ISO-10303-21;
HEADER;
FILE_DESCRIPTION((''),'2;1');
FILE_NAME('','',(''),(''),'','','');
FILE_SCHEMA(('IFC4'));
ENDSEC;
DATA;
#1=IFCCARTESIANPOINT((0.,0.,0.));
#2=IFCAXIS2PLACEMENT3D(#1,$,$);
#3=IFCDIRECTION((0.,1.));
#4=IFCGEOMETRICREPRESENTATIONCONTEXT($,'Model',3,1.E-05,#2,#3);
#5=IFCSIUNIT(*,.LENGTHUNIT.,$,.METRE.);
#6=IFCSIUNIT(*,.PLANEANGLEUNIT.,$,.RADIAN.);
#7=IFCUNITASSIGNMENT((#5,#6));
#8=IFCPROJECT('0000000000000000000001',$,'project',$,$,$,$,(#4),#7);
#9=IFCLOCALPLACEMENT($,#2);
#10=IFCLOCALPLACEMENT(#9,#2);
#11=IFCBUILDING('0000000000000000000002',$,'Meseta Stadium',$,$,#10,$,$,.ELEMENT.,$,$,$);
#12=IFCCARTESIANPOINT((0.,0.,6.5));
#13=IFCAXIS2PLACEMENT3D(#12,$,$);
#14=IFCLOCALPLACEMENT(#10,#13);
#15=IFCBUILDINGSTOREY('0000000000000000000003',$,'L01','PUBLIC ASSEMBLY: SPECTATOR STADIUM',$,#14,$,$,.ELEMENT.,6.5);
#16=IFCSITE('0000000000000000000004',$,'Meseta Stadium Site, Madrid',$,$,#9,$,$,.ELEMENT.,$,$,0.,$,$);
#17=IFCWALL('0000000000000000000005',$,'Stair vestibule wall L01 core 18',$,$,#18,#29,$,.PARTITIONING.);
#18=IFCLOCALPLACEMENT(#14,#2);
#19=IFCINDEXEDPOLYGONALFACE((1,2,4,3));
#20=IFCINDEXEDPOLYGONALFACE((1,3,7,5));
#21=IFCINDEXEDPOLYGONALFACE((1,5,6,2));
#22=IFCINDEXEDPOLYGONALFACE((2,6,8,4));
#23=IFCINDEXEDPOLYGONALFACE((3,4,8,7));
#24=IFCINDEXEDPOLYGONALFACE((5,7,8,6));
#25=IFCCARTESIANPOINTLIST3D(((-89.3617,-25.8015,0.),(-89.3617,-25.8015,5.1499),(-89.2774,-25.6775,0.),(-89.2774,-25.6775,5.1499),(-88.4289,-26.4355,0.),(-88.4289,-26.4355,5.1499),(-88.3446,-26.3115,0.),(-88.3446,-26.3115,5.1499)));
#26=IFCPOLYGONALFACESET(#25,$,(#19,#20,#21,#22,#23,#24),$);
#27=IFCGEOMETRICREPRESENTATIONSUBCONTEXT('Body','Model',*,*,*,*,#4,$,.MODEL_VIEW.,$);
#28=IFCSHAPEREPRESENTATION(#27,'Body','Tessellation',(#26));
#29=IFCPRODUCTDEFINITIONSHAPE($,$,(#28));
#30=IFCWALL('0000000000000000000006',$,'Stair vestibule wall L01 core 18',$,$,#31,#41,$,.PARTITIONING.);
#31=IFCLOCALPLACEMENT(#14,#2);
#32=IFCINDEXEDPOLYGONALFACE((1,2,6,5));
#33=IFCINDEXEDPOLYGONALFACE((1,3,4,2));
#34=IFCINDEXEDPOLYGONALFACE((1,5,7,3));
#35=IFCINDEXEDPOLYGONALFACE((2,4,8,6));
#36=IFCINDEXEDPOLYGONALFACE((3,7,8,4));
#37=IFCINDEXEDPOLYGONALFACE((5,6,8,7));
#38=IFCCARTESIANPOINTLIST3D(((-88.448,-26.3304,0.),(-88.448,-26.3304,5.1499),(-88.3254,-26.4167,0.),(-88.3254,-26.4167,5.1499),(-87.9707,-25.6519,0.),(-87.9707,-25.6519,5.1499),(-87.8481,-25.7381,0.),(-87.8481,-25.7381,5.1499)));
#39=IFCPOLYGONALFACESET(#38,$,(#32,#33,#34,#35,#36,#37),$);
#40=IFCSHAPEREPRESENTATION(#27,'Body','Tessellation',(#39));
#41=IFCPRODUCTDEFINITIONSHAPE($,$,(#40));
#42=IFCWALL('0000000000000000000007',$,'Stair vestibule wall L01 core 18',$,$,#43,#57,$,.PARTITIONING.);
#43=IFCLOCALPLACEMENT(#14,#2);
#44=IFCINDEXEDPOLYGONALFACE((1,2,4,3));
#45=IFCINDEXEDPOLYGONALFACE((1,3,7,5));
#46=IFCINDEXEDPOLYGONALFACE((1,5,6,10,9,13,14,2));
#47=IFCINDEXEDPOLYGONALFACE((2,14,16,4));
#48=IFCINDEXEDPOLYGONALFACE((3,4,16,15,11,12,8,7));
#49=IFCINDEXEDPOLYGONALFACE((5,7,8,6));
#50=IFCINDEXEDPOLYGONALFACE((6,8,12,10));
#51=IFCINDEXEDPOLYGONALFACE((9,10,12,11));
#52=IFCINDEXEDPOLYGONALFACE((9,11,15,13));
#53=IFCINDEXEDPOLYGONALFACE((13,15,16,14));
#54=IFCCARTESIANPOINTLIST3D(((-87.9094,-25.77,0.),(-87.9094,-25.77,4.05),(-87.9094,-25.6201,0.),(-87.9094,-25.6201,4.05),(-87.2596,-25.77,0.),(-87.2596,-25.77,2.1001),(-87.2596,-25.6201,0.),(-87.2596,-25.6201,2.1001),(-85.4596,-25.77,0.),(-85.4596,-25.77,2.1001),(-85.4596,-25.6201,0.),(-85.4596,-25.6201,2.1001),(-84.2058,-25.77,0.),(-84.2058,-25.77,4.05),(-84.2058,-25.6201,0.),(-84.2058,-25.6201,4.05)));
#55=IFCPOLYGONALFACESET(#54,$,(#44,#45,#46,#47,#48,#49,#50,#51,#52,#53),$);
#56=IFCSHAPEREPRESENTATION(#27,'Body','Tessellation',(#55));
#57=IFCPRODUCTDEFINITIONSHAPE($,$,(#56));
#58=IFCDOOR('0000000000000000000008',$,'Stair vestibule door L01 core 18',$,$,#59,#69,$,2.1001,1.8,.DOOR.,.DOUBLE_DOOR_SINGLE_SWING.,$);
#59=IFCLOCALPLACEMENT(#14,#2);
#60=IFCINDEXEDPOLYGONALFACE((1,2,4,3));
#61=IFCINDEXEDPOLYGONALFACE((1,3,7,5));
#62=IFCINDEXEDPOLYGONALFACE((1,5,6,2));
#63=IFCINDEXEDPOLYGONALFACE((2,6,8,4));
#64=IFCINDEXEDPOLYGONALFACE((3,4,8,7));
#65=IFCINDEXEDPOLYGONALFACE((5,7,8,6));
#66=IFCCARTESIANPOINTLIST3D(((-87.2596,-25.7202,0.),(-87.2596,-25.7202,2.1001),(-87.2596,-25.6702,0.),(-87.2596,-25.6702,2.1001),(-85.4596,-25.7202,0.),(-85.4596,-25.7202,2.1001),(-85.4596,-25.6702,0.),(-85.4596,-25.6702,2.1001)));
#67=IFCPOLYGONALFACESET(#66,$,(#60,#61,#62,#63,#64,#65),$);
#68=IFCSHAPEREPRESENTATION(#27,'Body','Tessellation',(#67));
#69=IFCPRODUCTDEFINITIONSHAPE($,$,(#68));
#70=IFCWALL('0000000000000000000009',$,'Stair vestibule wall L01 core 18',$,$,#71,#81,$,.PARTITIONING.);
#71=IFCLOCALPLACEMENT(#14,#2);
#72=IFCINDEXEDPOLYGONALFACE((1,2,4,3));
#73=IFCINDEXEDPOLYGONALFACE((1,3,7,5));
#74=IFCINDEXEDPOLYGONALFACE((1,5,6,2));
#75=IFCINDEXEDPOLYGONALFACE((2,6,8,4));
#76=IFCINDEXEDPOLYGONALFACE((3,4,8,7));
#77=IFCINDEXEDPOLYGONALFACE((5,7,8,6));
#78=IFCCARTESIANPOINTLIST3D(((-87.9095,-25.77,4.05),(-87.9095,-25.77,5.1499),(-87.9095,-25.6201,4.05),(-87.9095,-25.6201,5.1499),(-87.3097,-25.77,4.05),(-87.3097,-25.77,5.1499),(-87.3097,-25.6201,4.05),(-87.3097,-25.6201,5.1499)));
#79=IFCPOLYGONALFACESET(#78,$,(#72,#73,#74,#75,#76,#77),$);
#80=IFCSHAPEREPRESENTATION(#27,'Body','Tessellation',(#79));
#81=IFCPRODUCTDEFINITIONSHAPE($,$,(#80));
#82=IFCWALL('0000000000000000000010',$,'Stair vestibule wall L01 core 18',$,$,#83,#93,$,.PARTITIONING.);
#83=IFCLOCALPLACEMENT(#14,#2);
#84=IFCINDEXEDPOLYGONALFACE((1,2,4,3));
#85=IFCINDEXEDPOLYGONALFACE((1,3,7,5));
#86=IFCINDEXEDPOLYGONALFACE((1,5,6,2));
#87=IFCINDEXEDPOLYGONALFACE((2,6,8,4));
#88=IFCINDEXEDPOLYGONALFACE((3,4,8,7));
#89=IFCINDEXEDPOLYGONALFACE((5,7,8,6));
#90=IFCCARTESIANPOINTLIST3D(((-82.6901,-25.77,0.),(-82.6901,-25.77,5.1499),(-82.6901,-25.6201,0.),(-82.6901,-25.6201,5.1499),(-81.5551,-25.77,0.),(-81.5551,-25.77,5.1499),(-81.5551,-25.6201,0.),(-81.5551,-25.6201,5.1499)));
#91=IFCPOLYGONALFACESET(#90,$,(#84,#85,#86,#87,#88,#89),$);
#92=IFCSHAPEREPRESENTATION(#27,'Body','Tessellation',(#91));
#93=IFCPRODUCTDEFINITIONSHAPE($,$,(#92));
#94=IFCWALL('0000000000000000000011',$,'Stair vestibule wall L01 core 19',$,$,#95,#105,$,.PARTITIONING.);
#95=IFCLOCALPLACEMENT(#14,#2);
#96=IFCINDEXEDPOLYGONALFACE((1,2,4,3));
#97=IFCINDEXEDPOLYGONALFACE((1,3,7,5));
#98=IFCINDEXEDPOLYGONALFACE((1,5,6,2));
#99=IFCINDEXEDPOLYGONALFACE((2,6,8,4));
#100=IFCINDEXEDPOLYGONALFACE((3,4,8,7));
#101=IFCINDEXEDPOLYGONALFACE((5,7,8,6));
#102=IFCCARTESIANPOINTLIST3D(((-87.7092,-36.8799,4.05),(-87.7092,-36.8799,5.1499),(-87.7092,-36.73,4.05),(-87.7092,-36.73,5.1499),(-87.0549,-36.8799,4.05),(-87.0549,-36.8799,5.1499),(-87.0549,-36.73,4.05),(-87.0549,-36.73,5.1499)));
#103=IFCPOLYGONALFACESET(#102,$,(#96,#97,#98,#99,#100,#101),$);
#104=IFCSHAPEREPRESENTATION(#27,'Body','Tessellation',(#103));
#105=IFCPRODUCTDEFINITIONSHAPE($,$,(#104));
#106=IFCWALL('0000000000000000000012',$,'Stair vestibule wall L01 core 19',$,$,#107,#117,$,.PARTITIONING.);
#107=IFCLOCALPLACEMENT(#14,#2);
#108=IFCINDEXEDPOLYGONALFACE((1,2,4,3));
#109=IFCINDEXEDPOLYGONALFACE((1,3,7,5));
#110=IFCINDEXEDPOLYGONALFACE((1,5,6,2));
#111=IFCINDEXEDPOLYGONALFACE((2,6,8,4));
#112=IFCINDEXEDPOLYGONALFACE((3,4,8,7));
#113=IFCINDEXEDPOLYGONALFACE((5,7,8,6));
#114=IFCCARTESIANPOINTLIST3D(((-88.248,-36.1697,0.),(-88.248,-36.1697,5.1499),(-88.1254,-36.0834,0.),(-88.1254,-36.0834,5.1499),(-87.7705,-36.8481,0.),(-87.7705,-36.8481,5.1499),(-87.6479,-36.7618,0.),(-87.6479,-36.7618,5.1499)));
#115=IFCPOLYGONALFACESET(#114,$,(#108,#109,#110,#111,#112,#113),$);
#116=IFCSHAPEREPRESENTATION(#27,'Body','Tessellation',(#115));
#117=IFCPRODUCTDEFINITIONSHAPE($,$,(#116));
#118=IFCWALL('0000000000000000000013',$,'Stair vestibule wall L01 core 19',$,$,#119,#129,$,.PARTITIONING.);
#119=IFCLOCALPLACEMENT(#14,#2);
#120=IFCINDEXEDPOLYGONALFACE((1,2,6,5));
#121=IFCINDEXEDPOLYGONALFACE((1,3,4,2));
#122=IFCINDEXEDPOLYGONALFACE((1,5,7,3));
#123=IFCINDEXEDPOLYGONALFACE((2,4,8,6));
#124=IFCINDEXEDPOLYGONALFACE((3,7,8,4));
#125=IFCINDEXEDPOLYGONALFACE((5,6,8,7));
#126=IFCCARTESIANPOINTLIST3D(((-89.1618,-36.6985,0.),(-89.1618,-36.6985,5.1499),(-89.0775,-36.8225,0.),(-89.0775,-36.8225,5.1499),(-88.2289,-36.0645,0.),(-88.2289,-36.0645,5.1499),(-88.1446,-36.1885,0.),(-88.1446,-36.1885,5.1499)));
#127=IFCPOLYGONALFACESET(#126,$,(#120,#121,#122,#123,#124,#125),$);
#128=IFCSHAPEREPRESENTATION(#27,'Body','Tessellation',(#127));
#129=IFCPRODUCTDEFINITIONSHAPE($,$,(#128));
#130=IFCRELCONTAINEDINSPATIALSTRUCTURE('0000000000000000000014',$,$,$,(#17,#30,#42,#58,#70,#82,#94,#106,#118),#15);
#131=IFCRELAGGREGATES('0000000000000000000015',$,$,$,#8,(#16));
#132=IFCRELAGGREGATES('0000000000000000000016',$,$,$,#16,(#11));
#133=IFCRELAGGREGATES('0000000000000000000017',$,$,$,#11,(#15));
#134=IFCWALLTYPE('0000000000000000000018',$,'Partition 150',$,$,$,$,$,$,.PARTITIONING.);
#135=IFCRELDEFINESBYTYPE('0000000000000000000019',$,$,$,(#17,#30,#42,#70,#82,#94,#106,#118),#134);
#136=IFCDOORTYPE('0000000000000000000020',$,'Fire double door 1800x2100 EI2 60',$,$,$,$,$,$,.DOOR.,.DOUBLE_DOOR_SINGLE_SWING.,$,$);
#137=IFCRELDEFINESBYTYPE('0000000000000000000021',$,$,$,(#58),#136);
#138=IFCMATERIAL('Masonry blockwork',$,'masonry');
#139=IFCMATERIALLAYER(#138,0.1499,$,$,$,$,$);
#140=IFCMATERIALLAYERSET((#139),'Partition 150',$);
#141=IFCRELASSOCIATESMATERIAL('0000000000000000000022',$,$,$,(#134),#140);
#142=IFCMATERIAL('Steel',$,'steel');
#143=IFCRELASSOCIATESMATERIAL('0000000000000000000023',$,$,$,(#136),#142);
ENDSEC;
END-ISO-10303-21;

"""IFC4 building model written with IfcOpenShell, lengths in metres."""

from ifc_helpers import new_model, si_unit, direction, frame, frame_2d, origin, place, context, subcontext, project, spatial, rectangle, extrude, material, layer, layer_set, type_object, element, fill, save


model = new_model("IFC4")

# Units and contexts
model_context = context("Model", 3, precision=1e-05, world=origin(), true_north=direction((0.0, 1.0)))
body_context = subcontext(model_context, "Body", "Model", "MODEL_VIEW")
ifc_project = project(units=[si_unit("LENGTHUNIT", "METRE"), si_unit("PLANEANGLEUNIT", "RADIAN")], contexts=[model_context])

# Site, building, storey
site_placement = place(None, origin())
site = spatial("IfcSite", under=ifc_project, at=site_placement, Name="Meseta Stadium Site, Madrid", CompositionType="ELEMENT", RefElevation=0.0)
building_placement = place(site_placement, origin())
building = spatial("IfcBuilding", under=site, at=building_placement, Name="Meseta Stadium", CompositionType="ELEMENT")
storey_placement = place(building_placement, frame((0.0, 0.0, 6.5)))
storey = spatial("IfcBuildingStorey", under=building, at=storey_placement, Name="L01", Description="PUBLIC ASSEMBLY: SPECTATOR STADIUM", CompositionType="ELEMENT", Elevation=6.5)

# Shared definitions
ifc_material_1 = material(Name="Masonry blockwork", Category="masonry")
ifc_layer_1 = layer(ifc_material_1, 0.1499)
ifc_layer_set_1 = layer_set([ifc_layer_1], Name="Partition 150")
wall_type_1 = type_object("IfcWallType", Name="Partition 150", PredefinedType="PARTITIONING", material=ifc_layer_set_1)

# Walls
wall_1_placement = place(storey_placement, frame((-89.3196, -25.7395, 0.0), z_axis=(0.0, 0.0, 1.0), x_axis=(0.827055, -0.562121, 0.0)))
element("IfcWall", 1, at=wall_1_placement, inside=storey, type_object=wall_type_1, Name="Stair vestibule wall L01 core 18", PredefinedType="PARTITIONING", context=body_context, shape_type="SweptSolid", body=[
    extrude(rectangle(XDim=1.1279, YDim=0.1499, at=frame_2d((0.564, 0.0))), origin(), (0.0, 0.0, 1.0), 5.1499),
])
wall_2_placement = place(storey_placement, frame((-88.3867, -26.3735, 0.0), z_axis=(0.0, 0.0, 1.0), x_axis=(0.575377, 0.817888, 0.0)))
element("IfcWall", 2, at=wall_2_placement, inside=storey, type_object=wall_type_1, Name="Stair vestibule wall L01 core 18", PredefinedType="PARTITIONING", context=body_context, shape_type="SweptSolid", body=[
    extrude(rectangle(XDim=0.8296, YDim=0.1499, at=frame_2d((0.4148, 0.0))), origin(), (0.0, 0.0, 1.0), 5.1499),
])

# Wall, opening, door
wall_3_placement = place(storey_placement, frame((-87.9094, -25.6951, 0.0), z_axis=(0.0, 0.0, 1.0), x_axis=(1.0, 0.0, 0.0)))
wall_3 = element("IfcWall", 3, at=wall_3_placement, inside=storey, type_object=wall_type_1, Name="Stair vestibule wall L01 core 18", PredefinedType="PARTITIONING", context=body_context, shape_type="SweptSolid", body=[
    extrude(rectangle(XDim=3.7036, YDim=0.1499, at=frame_2d((1.8518, 0.0))), origin(), (0.0, 0.0, 1.0), 4.05),
])
opening_1_placement = place(wall_3_placement, frame((0.6499, 0.0, 0.0)))
opening_1 = element("IfcOpeningElement", 4, at=opening_1_placement, cuts=wall_3, PredefinedType="OPENING", context=body_context, shape_type="SweptSolid", body=[
    extrude(rectangle(XDim=1.8, YDim=2.1001, at=frame_2d((0.8999, 1.05))), frame((0.0, 0.085, 0.0), z_axis=(0.0, -1.0, 0.0), x_axis=(1.0, 0.0, 0.0)), (0.0, 0.0, 1.0), 0.1699),
])
ifc_material_2 = material(Name="Steel", Category="steel")
door_type_1 = type_object("IfcDoorType", Name="Fire double door 1800x2100 EI2 60", OperationType="DOUBLE_DOOR_SINGLE_SWING", PredefinedType="DOOR", material=ifc_material_2)
door_1_placement = place(opening_1_placement, origin())
door_1 = element("IfcDoor", 5, at=door_1_placement, inside=storey, type_object=door_type_1, Name="Stair vestibule door L01 core 18", OperationType="DOUBLE_DOOR_SINGLE_SWING", OverallHeight=2.1001, OverallWidth=1.8, PredefinedType="DOOR", context=body_context, shape_type="SweptSolid", body=[
    extrude(rectangle(XDim=1.8, YDim=2.1001, at=frame_2d((0.8999, 1.05))), frame((0.0, 0.0249, 0.0), z_axis=(0.0, -1.0, 0.0), x_axis=(1.0, 0.0, 0.0)), (0.0, 0.0, 1.0), 0.05),
])
fill(opening_1, door_1)

# Walls
wall_4_placement = place(storey_placement, frame((-87.9094, -25.6951, 4.05), z_axis=(0.0, 0.0, 1.0), x_axis=(1.0, 0.0, 0.0)))
element("IfcWall", 6, at=wall_4_placement, inside=storey, type_object=wall_type_1, Name="Stair vestibule wall L01 core 18", PredefinedType="PARTITIONING", context=body_context, shape_type="SweptSolid", body=[
    extrude(rectangle(XDim=0.5999, YDim=0.1499, at=frame_2d((0.2998, 0.0))), origin(), (0.0, 0.0, 1.0), 1.0999),
])
wall_5_placement = place(storey_placement, frame((-82.6899, -25.6951, 0.0), z_axis=(0.0, 0.0, 1.0), x_axis=(1.0, 0.0, 0.0)))
element("IfcWall", 7, at=wall_5_placement, inside=storey, type_object=wall_type_1, Name="Stair vestibule wall L01 core 18", PredefinedType="PARTITIONING", context=body_context, shape_type="SweptSolid", body=[
    extrude(rectangle(XDim=1.135, YDim=0.1499, at=frame_2d((0.5674, 0.0))), origin(), (0.0, 0.0, 1.0), 5.1499),
])
wall_6_placement = place(storey_placement, frame((-87.0549, -36.8049, 4.05), z_axis=(0.0, 0.0, 1.0), x_axis=(-1.0, 0.0, 0.0)))
element("IfcWall", 8, at=wall_6_placement, inside=storey, type_object=wall_type_1, Name="Stair vestibule wall L01 core 19", PredefinedType="PARTITIONING", context=body_context, shape_type="SweptSolid", body=[
    extrude(rectangle(XDim=0.6543, YDim=0.1499, at=frame_2d((0.3271, 0.0))), origin(), (0.0, 0.0, 1.0), 1.0999),
])
wall_7_placement = place(storey_placement, frame((-87.7092, -36.8049, 0.0), z_axis=(0.0, 0.0, 1.0), x_axis=(-0.575574, 0.81775, 0.0)))
element("IfcWall", 9, at=wall_7_placement, inside=storey, type_object=wall_type_1, Name="Stair vestibule wall L01 core 19", PredefinedType="PARTITIONING", context=body_context, shape_type="SweptSolid", body=[
    extrude(rectangle(XDim=0.8296, YDim=0.1499, at=frame_2d((0.4148, 0.0))), origin(), (0.0, 0.0, 1.0), 5.1499),
])
wall_8_placement = place(storey_placement, frame((-88.1868, -36.1265, 0.0), z_axis=(0.0, 0.0, 1.0), x_axis=(-0.827055, -0.562121, 0.0)))
element("IfcWall", 10, at=wall_8_placement, inside=storey, type_object=wall_type_1, Name="Stair vestibule wall L01 core 19", PredefinedType="PARTITIONING", context=body_context, shape_type="SweptSolid", body=[
    extrude(rectangle(XDim=1.1279, YDim=0.1499, at=frame_2d((0.564, 0.0))), origin(), (0.0, 0.0, 1.0), 5.1499),
])

save(model, "model.ifc")
